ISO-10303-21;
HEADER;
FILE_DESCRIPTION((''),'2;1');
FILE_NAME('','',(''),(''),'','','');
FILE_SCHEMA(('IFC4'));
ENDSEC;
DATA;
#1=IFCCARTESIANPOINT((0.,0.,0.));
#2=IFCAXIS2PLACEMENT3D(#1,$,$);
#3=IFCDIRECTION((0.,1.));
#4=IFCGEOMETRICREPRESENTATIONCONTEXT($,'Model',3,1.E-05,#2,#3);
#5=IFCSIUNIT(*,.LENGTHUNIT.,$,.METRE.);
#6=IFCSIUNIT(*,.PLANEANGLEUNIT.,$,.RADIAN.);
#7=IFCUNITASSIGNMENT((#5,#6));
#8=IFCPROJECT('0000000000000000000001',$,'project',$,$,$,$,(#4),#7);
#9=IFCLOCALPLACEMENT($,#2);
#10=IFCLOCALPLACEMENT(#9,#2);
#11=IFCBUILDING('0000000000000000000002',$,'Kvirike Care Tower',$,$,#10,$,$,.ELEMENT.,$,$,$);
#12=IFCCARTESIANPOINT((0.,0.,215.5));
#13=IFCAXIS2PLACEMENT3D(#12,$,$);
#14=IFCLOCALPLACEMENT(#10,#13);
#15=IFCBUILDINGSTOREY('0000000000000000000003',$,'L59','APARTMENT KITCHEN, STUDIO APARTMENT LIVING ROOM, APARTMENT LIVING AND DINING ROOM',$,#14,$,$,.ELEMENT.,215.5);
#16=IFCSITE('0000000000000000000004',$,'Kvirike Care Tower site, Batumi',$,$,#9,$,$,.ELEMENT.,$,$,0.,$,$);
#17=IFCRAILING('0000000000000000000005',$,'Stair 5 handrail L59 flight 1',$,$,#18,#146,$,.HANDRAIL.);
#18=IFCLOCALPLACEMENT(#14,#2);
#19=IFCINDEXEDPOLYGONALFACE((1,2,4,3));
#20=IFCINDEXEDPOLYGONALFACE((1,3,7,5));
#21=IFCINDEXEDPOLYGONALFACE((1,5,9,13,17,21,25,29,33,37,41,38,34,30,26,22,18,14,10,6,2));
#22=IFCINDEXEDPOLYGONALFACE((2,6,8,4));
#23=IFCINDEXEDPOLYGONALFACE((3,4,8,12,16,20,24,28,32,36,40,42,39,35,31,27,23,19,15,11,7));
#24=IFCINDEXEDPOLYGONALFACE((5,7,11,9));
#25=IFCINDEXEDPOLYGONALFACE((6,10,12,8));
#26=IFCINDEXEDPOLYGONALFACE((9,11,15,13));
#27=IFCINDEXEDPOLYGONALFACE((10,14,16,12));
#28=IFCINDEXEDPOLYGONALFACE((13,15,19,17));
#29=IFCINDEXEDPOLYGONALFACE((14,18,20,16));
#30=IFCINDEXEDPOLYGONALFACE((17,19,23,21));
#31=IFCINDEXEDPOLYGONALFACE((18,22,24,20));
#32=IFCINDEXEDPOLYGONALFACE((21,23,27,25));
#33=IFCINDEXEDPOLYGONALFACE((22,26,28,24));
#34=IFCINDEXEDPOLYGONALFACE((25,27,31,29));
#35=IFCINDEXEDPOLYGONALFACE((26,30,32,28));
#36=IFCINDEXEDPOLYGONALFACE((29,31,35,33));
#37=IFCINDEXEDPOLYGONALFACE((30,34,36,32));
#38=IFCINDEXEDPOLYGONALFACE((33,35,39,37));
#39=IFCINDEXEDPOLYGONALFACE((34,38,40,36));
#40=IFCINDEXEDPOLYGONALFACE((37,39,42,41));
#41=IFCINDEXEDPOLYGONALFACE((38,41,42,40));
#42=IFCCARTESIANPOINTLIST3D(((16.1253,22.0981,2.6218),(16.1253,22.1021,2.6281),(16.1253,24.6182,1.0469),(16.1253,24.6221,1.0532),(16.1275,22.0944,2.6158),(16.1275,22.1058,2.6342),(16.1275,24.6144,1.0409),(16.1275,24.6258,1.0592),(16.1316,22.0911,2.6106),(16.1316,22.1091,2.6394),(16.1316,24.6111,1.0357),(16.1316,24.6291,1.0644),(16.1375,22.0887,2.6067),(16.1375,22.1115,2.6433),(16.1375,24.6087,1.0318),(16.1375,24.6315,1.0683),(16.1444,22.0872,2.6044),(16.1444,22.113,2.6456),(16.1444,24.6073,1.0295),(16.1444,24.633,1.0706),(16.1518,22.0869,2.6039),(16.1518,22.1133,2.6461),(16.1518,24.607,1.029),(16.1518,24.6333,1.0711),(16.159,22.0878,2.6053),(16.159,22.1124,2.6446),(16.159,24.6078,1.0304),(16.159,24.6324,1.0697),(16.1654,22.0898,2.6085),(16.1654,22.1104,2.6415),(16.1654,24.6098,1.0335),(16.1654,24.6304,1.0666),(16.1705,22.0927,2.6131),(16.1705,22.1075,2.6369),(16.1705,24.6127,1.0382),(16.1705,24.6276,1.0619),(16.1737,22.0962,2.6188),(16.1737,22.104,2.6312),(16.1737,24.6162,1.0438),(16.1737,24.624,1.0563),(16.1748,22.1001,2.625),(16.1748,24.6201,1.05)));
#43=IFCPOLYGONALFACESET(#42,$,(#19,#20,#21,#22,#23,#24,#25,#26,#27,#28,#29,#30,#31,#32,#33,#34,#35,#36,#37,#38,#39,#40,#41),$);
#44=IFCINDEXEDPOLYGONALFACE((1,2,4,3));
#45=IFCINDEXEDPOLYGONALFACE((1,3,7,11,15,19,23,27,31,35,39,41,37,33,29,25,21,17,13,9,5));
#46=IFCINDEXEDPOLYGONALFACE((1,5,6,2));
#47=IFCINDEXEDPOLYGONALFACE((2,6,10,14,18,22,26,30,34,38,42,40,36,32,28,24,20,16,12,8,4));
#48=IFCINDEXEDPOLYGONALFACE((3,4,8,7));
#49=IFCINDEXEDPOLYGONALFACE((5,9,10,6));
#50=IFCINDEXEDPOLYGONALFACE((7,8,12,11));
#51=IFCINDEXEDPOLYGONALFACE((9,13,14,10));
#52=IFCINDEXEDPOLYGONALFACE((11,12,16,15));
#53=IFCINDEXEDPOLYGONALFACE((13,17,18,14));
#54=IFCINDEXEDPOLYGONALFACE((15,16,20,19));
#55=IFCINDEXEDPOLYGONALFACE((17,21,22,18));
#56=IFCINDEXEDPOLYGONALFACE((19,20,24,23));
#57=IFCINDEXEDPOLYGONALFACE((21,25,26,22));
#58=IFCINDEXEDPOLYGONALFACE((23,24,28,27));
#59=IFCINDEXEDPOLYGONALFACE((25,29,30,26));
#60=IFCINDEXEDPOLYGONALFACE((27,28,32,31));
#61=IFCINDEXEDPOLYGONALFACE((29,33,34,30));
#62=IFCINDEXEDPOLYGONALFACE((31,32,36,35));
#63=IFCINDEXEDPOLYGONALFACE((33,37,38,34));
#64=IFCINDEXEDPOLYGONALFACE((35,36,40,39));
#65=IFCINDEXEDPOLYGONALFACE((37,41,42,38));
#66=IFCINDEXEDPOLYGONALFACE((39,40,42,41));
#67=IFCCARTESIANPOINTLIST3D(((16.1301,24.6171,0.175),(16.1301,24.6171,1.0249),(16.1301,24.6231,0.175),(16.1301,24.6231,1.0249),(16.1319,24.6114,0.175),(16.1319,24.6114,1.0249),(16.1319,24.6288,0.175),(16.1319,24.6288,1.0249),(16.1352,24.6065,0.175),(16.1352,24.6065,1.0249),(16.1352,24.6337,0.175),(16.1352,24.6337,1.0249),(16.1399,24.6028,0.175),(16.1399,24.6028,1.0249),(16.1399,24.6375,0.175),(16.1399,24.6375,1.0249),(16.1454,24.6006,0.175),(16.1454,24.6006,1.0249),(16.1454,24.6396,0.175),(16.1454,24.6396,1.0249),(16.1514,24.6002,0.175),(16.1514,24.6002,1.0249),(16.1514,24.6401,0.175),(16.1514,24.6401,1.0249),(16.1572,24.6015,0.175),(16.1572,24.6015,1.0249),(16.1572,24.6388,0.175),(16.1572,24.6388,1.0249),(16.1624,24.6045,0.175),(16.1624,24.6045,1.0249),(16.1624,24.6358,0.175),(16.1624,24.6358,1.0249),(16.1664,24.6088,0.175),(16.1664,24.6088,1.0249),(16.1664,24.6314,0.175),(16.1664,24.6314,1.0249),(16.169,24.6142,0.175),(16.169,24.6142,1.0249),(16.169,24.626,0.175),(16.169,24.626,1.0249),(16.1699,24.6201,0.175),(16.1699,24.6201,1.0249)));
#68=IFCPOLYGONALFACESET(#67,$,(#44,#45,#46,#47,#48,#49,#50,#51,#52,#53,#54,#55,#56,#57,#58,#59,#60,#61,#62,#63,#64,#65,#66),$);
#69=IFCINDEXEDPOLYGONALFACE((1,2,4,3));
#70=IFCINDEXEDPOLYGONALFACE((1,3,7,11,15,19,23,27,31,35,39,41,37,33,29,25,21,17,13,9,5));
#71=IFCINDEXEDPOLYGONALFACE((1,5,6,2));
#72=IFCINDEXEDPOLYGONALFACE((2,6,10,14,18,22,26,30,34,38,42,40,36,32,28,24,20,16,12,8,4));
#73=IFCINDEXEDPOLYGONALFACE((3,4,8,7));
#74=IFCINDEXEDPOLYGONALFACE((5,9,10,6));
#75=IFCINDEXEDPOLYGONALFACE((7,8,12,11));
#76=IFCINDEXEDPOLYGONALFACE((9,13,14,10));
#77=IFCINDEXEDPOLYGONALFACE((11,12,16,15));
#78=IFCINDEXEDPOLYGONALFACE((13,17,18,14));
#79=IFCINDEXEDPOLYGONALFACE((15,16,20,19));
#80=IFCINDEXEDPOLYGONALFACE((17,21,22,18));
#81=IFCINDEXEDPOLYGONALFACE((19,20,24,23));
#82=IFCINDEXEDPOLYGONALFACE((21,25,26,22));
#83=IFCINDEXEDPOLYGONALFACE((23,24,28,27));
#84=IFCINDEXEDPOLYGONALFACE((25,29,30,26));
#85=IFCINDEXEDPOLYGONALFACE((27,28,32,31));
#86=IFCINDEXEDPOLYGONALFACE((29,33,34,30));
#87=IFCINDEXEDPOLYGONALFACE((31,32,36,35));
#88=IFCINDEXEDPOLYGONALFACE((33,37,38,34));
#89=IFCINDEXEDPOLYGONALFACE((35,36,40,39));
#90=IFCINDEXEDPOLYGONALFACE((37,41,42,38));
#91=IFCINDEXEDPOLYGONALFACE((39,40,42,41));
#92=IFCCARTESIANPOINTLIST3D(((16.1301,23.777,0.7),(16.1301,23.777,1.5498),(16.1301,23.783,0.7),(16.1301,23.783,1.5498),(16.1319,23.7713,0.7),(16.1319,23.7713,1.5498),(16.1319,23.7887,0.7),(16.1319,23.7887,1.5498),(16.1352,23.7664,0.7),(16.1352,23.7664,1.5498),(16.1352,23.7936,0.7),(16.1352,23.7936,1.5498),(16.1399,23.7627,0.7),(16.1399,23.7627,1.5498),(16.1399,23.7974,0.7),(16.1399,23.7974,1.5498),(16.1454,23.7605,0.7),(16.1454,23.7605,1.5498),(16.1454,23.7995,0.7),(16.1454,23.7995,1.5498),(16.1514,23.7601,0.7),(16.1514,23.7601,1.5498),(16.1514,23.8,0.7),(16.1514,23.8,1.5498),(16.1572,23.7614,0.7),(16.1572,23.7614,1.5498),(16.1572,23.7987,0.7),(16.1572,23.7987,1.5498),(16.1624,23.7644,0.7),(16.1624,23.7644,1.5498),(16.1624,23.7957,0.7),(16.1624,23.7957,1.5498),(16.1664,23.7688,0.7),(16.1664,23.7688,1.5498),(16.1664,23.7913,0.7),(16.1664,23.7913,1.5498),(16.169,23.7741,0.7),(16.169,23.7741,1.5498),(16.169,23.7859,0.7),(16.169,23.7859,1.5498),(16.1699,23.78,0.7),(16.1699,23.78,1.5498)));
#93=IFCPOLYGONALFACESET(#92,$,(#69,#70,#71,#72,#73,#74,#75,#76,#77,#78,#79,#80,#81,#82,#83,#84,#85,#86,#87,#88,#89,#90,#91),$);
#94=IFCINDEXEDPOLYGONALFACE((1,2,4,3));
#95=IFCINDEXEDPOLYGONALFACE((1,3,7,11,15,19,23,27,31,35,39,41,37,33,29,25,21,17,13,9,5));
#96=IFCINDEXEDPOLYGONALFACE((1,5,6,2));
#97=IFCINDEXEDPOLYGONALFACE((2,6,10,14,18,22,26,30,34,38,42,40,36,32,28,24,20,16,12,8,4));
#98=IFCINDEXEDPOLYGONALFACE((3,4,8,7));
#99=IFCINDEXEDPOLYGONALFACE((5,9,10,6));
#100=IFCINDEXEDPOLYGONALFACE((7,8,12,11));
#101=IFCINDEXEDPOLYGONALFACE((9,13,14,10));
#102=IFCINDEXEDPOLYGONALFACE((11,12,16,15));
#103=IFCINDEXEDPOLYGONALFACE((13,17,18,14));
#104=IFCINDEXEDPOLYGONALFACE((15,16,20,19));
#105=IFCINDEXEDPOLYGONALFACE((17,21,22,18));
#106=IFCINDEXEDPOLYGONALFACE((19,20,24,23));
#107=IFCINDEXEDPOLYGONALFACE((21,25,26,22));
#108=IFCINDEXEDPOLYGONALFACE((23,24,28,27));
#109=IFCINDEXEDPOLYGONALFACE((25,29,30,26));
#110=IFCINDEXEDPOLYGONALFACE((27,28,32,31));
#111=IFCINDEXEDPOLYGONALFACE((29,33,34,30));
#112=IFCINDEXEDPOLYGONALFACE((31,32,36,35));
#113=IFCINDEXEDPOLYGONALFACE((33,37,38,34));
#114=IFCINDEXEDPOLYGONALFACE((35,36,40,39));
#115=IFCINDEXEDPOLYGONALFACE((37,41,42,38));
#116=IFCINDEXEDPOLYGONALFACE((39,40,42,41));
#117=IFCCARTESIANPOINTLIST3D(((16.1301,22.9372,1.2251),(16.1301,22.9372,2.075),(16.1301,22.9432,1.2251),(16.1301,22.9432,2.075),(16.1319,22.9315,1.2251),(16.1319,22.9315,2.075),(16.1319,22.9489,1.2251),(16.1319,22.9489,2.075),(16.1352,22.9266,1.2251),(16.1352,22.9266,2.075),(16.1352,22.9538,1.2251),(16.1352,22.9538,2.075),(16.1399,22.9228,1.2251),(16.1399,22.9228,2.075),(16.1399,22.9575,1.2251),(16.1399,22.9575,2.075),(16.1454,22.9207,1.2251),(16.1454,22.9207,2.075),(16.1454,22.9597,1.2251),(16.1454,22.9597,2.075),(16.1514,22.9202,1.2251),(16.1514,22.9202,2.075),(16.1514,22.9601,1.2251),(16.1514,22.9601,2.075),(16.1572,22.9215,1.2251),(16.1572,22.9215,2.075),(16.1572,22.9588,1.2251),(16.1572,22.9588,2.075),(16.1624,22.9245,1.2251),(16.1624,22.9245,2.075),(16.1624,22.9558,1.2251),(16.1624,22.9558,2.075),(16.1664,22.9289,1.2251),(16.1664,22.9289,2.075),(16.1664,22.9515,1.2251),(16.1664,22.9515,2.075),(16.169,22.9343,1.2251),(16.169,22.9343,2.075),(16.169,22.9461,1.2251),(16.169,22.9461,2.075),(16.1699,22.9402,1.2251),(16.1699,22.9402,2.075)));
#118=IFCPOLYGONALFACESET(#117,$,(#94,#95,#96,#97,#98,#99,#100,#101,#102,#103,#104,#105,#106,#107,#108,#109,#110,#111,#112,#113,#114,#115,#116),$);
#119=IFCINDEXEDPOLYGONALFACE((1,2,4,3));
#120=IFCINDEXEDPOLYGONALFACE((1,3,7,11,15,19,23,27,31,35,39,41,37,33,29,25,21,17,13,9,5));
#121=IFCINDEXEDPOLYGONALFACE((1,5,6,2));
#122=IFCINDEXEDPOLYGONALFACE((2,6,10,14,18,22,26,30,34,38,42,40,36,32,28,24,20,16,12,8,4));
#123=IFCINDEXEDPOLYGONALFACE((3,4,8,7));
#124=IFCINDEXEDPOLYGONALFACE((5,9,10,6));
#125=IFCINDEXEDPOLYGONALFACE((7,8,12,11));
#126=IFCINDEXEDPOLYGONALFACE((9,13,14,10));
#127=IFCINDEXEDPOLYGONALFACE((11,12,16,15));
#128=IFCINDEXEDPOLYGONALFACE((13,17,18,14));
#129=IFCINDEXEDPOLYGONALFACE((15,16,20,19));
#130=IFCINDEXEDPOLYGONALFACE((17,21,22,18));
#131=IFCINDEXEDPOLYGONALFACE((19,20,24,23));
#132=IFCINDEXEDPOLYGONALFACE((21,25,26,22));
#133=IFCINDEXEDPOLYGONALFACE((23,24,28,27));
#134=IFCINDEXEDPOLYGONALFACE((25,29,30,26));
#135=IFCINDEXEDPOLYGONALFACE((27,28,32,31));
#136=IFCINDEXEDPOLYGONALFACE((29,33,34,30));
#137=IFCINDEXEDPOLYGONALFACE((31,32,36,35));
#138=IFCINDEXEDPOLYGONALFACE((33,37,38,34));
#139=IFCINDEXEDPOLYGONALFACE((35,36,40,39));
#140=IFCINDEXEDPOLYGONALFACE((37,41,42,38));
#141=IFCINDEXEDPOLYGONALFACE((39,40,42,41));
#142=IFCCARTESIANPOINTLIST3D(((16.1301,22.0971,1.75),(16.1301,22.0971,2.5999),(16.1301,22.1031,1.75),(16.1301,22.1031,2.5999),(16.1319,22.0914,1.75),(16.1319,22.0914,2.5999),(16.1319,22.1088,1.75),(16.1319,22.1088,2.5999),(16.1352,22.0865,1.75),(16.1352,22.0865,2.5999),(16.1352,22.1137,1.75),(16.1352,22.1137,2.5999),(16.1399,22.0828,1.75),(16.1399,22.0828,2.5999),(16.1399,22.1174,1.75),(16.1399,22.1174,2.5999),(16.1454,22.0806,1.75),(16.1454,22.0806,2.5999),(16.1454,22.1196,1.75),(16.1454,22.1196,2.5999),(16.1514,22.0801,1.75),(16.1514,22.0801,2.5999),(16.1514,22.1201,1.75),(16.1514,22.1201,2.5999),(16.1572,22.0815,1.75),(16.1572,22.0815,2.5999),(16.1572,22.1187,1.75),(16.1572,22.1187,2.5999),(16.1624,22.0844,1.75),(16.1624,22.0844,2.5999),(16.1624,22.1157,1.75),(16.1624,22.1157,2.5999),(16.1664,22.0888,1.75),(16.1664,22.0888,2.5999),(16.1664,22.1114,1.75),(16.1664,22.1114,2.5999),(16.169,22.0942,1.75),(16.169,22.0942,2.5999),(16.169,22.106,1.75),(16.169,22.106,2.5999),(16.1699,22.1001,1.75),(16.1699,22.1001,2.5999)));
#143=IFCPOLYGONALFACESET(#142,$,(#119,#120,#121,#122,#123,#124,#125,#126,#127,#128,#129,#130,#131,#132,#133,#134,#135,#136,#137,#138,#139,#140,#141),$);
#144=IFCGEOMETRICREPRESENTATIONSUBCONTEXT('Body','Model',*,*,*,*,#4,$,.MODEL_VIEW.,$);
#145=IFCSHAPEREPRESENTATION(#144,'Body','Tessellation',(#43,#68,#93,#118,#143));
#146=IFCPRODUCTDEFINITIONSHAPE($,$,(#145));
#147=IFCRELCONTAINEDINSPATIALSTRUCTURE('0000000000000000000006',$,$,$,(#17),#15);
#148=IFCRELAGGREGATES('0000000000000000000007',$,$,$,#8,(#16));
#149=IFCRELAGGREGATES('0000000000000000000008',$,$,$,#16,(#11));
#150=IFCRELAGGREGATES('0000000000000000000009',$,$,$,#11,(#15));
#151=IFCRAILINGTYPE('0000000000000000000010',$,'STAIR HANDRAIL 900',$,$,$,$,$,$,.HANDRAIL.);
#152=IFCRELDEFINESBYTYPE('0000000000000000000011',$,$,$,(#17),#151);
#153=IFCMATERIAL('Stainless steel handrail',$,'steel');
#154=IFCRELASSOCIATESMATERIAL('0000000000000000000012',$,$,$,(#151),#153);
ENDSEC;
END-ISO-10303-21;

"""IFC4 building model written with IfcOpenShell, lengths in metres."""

from ifc_helpers import new_model, si_unit, direction, frame, origin, origin_2d, place, context, subcontext, project, spatial, circle, extrude, material, type_object, element, save


model = new_model("IFC4")

# Units and contexts
model_context = context("Model", 3, precision=1e-05, world=origin(), true_north=direction((0.0, 1.0)))
body_context = subcontext(model_context, "Body", "Model", "MODEL_VIEW")
ifc_project = project(units=[si_unit("LENGTHUNIT", "METRE"), si_unit("PLANEANGLEUNIT", "RADIAN")], contexts=[model_context])

# Site, building, storey
site_placement = place(None, origin())
site = spatial("IfcSite", under=ifc_project, at=site_placement, Name="Kvirike Care Tower site, Batumi", CompositionType="ELEMENT", RefElevation=0.0)
building_placement = place(site_placement, origin())
building = spatial("IfcBuilding", under=site, at=building_placement, Name="Kvirike Care Tower", CompositionType="ELEMENT")
storey_placement = place(building_placement, frame((0.0, 0.0, 215.5)))
storey = spatial("IfcBuildingStorey", under=building, at=storey_placement, Name="L59", Description="APARTMENT KITCHEN, STUDIO APARTMENT LIVING ROOM, APARTMENT LIVING AND DINING ROOM", CompositionType="ELEMENT", Elevation=215.5)

# Railing
ifc_material_1 = material(Name="Stainless steel handrail", Category="steel")
railing_type = type_object("IfcRailingType", Name="STAIR HANDRAIL 900", PredefinedType="HANDRAIL", material=ifc_material_1)
railing_1_placement = place(storey_placement, frame((16.1499, 24.6201, 0.175)))
element("IfcRailing", 1, at=railing_1_placement, inside=storey, type_object=railing_type, Name="Stair 5 handrail L59 flight 1", PredefinedType="HANDRAIL", context=body_context, shape_type="SweptSolid", body=[
    extrude(circle(Radius=0.0249, at=origin_2d()), frame((0.0, 0.0, 0.875), z_axis=(0.0, -0.848008, 0.529984), x_axis=(1.0, 0.0, 0.0)), (0.0, 0.0, 1.0), 2.9717),
    extrude(circle(Radius=0.02, at=origin_2d()), origin(), (0.0, 0.0, 1.0), 0.8499),
    extrude(circle(Radius=0.02, at=origin_2d()), frame((0.0, -0.8401, 0.5249)), (0.0, 0.0, 1.0), 0.8499),
    extrude(circle(Radius=0.02, at=origin_2d()), frame((0.0, -1.6799, 1.05)), (0.0, 0.0, 1.0), 0.8499),
    extrude(circle(Radius=0.02, at=origin_2d()), frame((0.0, -2.52, 1.575)), (0.0, 0.0, 1.0), 0.8499),
])

save(model, "model.ifc")
